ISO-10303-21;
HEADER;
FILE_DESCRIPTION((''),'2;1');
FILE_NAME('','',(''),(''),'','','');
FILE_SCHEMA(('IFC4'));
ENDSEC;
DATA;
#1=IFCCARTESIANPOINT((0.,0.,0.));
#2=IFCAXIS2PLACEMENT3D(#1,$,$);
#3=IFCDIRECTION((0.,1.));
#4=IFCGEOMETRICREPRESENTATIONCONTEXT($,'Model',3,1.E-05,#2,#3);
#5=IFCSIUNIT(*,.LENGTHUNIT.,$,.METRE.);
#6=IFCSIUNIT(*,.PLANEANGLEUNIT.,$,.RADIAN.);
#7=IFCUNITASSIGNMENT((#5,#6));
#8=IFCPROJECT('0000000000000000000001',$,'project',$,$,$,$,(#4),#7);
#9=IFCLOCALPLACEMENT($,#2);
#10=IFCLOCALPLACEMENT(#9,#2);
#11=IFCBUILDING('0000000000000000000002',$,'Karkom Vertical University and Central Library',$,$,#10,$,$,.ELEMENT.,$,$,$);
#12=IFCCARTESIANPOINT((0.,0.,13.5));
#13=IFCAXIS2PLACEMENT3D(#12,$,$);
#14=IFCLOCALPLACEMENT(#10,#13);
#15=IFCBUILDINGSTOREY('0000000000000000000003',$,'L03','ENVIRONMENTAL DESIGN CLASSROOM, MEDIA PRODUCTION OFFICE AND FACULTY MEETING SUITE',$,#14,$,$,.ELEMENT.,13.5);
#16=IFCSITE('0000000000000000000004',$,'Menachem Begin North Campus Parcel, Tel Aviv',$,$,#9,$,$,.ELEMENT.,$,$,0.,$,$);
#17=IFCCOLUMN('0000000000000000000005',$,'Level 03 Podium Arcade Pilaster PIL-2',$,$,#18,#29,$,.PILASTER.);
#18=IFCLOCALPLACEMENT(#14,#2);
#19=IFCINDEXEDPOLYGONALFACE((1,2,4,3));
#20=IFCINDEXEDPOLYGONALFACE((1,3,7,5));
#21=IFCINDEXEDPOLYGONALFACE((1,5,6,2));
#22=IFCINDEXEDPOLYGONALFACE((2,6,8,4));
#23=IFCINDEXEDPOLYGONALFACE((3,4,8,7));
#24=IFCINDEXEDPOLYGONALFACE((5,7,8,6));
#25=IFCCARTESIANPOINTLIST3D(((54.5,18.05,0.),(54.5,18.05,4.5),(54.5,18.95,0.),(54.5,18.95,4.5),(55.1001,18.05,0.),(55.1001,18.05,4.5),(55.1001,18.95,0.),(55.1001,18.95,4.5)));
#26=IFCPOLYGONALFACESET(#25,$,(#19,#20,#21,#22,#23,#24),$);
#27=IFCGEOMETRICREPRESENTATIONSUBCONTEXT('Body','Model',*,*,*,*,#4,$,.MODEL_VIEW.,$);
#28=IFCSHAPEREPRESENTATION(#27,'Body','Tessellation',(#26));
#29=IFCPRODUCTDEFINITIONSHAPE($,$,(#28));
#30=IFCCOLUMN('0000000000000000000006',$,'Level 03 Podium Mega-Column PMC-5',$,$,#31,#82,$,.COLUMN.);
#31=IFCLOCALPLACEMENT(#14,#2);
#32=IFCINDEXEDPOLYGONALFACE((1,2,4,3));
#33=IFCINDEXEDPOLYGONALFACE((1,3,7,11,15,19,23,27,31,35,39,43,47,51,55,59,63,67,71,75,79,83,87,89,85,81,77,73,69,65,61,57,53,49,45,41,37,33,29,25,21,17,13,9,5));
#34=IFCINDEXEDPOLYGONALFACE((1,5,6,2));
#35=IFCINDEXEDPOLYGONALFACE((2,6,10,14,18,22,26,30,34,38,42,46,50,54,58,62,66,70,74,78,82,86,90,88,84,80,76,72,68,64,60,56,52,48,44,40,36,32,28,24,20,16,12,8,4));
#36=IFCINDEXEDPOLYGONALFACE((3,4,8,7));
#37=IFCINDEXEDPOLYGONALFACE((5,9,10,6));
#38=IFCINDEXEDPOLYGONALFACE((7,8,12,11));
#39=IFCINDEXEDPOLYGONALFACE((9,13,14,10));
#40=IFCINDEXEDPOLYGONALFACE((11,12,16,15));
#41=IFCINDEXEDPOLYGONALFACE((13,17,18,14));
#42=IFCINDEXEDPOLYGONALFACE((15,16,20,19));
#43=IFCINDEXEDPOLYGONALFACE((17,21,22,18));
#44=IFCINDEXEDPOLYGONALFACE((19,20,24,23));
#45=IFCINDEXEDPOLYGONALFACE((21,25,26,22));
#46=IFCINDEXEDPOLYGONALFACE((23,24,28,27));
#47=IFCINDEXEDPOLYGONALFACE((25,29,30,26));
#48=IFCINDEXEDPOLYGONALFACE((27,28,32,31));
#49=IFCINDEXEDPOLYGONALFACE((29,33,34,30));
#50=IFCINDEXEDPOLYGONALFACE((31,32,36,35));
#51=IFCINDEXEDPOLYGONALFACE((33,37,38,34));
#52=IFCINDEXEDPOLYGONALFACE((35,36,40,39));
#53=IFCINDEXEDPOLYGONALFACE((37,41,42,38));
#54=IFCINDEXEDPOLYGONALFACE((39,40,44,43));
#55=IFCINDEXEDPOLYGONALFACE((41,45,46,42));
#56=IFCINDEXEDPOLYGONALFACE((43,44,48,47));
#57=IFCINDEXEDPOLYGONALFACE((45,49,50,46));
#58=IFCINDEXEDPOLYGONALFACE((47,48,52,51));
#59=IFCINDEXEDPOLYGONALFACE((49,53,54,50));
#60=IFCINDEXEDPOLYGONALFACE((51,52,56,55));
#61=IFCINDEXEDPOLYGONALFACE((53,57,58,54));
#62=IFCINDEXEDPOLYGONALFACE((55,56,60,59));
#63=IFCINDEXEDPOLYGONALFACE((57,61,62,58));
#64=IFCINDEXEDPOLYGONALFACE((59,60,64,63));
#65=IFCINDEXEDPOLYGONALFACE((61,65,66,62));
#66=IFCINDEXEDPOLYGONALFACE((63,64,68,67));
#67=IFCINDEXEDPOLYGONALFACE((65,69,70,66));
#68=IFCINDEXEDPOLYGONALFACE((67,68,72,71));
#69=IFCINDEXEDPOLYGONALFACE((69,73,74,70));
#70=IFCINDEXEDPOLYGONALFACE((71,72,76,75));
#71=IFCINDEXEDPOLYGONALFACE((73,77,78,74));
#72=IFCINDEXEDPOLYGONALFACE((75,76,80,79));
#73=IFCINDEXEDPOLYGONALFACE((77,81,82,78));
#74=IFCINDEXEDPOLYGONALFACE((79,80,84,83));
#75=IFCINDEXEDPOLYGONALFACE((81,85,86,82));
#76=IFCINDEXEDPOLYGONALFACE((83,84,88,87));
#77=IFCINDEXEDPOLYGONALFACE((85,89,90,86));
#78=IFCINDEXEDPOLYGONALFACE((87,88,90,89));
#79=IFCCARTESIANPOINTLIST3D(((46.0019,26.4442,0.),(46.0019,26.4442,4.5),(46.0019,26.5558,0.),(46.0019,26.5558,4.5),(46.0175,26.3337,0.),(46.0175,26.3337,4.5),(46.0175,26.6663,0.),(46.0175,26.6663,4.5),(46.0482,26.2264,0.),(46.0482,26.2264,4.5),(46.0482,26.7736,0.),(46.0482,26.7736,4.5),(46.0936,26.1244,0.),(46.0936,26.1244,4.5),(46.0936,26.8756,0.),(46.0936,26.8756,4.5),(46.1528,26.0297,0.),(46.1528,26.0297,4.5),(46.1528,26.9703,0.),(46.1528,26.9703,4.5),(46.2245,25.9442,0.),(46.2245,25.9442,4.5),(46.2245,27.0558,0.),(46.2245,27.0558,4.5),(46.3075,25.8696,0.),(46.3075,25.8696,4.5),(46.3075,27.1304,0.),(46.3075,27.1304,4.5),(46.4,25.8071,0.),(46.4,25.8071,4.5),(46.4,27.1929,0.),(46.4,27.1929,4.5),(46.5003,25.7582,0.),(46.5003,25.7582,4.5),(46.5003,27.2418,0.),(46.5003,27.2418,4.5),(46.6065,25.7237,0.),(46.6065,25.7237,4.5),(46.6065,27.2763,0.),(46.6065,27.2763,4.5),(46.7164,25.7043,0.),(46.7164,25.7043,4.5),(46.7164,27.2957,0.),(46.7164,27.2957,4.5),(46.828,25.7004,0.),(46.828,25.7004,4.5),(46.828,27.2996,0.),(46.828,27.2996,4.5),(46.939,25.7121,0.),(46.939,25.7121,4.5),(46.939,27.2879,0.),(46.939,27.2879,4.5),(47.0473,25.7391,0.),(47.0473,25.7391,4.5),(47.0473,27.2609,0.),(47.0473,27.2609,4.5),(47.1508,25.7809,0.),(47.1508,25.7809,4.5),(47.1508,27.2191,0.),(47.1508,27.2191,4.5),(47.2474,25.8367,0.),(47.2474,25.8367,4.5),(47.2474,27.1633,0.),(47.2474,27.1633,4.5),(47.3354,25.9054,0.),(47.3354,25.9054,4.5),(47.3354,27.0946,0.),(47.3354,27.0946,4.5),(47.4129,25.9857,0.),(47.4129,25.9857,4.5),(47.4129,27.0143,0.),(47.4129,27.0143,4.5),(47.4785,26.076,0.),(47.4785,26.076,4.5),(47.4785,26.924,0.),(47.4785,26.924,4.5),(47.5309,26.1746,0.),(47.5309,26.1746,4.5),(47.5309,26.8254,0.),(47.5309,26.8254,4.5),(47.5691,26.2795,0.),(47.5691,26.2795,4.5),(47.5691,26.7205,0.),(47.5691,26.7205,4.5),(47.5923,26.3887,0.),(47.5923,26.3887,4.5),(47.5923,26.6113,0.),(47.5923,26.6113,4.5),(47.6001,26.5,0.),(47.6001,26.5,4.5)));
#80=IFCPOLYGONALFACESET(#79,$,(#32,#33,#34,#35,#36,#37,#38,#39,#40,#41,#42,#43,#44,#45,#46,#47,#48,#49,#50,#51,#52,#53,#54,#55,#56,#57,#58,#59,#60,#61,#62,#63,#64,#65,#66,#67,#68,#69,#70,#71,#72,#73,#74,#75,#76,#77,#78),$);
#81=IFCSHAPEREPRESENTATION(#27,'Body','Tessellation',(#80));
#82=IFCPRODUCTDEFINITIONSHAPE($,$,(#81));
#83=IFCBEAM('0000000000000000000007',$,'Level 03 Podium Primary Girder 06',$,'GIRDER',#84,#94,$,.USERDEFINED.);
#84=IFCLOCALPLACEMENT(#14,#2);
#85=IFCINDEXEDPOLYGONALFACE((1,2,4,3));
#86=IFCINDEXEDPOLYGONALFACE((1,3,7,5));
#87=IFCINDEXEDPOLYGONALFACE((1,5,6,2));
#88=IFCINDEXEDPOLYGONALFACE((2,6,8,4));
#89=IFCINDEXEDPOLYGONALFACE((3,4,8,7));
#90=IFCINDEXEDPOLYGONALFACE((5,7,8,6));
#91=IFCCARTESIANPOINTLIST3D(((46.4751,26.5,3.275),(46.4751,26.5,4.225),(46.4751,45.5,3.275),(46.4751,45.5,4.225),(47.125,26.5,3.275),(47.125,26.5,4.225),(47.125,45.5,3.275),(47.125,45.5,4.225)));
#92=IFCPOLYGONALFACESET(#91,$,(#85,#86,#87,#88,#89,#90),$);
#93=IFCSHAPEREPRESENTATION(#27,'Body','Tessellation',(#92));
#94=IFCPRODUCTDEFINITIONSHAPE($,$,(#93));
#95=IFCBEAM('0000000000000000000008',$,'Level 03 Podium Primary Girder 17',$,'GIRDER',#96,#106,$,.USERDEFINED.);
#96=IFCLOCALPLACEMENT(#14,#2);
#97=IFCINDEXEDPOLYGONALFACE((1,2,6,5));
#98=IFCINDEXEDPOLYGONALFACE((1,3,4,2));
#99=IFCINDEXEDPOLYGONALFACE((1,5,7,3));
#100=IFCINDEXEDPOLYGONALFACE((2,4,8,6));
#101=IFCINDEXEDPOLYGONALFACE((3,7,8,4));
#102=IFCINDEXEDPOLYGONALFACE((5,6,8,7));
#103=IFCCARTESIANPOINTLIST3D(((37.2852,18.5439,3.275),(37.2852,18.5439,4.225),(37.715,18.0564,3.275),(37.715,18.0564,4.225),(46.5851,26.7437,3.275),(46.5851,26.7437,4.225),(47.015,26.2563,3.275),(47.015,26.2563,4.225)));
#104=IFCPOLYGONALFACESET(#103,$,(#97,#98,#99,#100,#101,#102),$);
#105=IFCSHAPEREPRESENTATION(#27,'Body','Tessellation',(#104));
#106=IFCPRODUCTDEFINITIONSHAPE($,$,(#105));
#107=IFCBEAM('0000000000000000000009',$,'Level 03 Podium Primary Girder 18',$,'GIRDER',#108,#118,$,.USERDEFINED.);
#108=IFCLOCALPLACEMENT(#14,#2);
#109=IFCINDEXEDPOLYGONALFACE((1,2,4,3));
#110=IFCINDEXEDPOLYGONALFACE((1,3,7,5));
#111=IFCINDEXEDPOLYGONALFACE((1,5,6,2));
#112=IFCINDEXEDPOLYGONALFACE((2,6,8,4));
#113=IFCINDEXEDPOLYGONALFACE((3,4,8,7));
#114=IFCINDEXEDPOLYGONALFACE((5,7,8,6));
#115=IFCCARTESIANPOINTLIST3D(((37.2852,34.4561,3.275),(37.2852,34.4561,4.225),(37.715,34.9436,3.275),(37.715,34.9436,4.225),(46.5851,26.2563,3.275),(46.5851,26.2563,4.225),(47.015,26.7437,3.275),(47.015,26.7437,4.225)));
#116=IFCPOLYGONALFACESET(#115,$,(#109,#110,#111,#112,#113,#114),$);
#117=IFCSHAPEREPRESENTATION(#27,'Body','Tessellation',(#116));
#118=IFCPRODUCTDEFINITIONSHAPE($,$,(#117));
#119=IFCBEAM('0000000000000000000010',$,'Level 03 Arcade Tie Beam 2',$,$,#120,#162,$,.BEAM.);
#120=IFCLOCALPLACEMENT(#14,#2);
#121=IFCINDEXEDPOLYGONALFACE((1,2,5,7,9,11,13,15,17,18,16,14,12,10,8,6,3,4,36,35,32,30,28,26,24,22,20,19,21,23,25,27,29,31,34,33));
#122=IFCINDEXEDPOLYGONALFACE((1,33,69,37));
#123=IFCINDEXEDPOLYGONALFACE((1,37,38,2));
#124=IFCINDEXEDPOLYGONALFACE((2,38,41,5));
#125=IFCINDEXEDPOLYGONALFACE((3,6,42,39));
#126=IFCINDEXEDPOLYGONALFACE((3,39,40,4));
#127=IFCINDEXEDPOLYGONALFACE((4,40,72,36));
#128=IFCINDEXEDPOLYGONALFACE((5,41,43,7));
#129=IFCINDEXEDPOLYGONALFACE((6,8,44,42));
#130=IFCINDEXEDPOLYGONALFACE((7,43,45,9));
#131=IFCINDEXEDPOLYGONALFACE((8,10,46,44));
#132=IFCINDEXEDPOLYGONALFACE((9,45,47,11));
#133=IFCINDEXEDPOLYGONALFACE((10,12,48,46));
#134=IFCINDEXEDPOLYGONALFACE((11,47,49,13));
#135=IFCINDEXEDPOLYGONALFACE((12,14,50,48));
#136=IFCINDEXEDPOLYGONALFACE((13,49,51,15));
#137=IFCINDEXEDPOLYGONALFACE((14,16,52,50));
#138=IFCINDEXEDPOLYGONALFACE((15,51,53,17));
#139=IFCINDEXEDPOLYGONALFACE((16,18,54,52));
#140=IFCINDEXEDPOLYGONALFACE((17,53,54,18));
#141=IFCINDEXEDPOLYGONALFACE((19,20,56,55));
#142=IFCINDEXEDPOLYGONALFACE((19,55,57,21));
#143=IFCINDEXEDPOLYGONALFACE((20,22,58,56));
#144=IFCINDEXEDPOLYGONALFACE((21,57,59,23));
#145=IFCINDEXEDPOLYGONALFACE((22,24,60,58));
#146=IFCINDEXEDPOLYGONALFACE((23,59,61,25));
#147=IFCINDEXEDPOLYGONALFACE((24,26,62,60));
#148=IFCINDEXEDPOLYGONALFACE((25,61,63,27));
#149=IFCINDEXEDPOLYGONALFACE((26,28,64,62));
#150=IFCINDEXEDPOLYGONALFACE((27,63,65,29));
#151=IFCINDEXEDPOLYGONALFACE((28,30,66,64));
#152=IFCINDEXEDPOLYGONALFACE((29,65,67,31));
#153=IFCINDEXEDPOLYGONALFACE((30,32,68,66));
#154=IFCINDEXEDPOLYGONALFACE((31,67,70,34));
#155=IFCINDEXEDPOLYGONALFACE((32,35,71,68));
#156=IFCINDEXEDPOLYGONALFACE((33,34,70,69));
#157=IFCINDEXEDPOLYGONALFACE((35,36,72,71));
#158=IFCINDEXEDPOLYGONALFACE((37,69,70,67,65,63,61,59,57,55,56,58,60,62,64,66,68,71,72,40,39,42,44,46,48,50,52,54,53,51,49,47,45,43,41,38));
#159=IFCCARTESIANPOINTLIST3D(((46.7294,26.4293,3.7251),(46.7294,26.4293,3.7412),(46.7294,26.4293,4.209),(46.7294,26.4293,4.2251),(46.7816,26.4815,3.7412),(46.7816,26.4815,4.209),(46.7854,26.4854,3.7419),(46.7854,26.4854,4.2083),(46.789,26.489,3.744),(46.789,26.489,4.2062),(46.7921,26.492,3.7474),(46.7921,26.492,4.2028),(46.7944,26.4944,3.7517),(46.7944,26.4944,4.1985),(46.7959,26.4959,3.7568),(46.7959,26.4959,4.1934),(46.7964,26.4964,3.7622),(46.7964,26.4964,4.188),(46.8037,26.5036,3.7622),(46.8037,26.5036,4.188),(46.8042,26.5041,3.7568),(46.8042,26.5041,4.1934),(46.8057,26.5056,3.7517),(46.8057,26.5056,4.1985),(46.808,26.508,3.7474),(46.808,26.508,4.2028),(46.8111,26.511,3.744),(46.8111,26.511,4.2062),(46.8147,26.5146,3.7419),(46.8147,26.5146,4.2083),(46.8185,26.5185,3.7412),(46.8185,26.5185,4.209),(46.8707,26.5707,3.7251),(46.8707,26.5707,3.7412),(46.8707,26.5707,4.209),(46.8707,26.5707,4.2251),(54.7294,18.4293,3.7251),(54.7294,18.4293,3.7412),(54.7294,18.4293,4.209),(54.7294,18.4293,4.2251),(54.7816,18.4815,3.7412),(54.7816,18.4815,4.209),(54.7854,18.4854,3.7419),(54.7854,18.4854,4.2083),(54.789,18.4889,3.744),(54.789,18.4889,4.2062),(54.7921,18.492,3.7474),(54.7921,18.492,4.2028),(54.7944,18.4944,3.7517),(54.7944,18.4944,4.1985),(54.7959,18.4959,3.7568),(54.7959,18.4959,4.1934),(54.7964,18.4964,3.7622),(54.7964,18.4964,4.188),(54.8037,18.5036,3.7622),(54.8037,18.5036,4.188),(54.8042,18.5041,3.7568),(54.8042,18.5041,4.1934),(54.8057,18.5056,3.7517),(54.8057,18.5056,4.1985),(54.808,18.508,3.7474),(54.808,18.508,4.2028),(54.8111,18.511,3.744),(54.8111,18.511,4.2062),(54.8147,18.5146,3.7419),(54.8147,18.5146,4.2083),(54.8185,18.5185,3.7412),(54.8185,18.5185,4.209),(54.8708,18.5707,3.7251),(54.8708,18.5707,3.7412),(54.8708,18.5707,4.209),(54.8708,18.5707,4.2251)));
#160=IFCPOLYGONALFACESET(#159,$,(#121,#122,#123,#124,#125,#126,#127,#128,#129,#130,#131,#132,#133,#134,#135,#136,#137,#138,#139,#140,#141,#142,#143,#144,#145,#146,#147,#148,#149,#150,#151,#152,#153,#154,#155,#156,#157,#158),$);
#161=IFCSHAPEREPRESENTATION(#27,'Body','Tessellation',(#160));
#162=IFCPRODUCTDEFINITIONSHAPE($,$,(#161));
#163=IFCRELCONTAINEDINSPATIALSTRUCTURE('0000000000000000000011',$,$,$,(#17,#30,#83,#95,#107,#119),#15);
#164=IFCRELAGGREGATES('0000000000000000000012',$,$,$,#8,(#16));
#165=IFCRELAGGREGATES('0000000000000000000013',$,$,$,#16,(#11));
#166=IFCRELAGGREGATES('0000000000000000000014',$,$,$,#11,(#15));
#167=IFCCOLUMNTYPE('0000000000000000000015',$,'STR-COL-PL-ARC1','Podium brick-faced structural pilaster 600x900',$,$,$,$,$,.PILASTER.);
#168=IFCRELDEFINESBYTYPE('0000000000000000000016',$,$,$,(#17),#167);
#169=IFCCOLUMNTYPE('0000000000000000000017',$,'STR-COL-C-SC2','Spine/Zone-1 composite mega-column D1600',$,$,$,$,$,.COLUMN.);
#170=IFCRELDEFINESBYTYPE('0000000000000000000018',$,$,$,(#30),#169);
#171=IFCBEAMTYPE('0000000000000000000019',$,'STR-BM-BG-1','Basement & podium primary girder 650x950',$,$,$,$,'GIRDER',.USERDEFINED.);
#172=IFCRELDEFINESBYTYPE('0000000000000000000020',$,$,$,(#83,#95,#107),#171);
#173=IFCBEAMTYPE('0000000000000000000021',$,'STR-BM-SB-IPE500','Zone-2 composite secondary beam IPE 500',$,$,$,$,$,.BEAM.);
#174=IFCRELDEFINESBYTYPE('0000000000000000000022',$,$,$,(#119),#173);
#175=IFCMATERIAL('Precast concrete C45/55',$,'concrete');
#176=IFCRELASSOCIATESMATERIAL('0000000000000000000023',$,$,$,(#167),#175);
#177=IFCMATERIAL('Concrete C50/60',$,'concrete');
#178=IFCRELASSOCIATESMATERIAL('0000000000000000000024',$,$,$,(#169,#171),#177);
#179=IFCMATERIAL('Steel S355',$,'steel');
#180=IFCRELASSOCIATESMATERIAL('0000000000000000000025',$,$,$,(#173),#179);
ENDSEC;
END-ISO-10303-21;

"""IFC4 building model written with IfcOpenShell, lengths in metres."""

from ifc_helpers import new_model, si_unit, direction, frame, origin, origin_with_axes, origin_2d, place, context, subcontext, project, spatial, rectangle, circle, i_section, extrude, source, transform, mapped, material, material_profile, profile_set, type_object, element, save


model = new_model("IFC4")

# Units and contexts
model_context = context("Model", 3, precision=1e-05, world=origin(), true_north=direction((0.0, 1.0)))
body_context = subcontext(model_context, "Body", "Model", "MODEL_VIEW")
ifc_project = project(units=[si_unit("LENGTHUNIT", "METRE"), si_unit("PLANEANGLEUNIT", "RADIAN")], contexts=[model_context])

# Site, building, storey
site_placement = place(None, origin())
site = spatial("IfcSite", under=ifc_project, at=site_placement, Name="Menachem Begin North Campus Parcel, Tel Aviv", CompositionType="ELEMENT", RefElevation=0.0)
building_placement = place(site_placement, origin())
building = spatial("IfcBuilding", under=site, at=building_placement, Name="Karkom Vertical University and Central Library", CompositionType="ELEMENT")
storey_placement = place(building_placement, frame((0.0, 0.0, 13.5)))
storey = spatial("IfcBuildingStorey", under=building, at=storey_placement, Name="L03", Description="ENVIRONMENTAL DESIGN CLASSROOM, MEDIA PRODUCTION OFFICE AND FACULTY MEETING SUITE", CompositionType="ELEMENT", Elevation=13.5)

# Columns
ifc_material_1 = material(Name="Precast concrete C45/55", Category="concrete")
ifc_material_profile_1 = material_profile(ifc_material_1, rectangle(XDim=0.6001, YDim=0.8999, at=origin_2d()), Name="PIL-600x900")
ifc_profile_set_1 = profile_set([ifc_material_profile_1], Name="Precast concrete C45/55")
column_type_1 = type_object("IfcColumnType", Name="STR-COL-PL-ARC1", Description="Podium brick-faced structural pilaster 600x900", PredefinedType="PILASTER", material=ifc_profile_set_1)
shared_shape_1 = source(origin_with_axes(), body_context, "Body", "SweptSolid", [
    extrude(rectangle(XDim=0.6001, YDim=0.8999, at=origin_2d()), origin(), (0.0, 0.0, 1.0), 4.5),
])
column_1_placement = place(storey_placement, frame((54.8, 18.5, 0.0), z_axis=(0.0, 0.0, 1.0), x_axis=(1.0, 0.0, 0.0)))
element("IfcColumn", 1, at=column_1_placement, inside=storey, type_object=column_type_1, Name="Level 03 Podium Arcade Pilaster PIL-2", PredefinedType="PILASTER", context=body_context, shape_type="MappedRepresentation", body=[
    mapped(shared_shape_1, transform((0.0, 0.0, 0.0), scale=1.0)),
])
ifc_material_2 = material(Name="Concrete C50/60", Category="concrete")
ifc_material_profile_2 = material_profile(ifc_material_2, circle(Radius=0.8, at=origin_2d()), Name="CFT-D1600")
ifc_profile_set_2 = profile_set([ifc_material_profile_2], Name="Concrete C50/60")
column_type_2 = type_object("IfcColumnType", Name="STR-COL-C-SC2", Description="Spine/Zone-1 composite mega-column D1600", PredefinedType="COLUMN", material=ifc_profile_set_2)
shared_shape_2 = source(origin_with_axes(), body_context, "Body", "SweptSolid", [
    extrude(circle(Radius=0.8, at=origin_2d()), origin(), (0.0, 0.0, 1.0), 4.5),
])
column_2_placement = place(storey_placement, frame((46.8, 26.5, 0.0), z_axis=(0.0, 0.0, 1.0), x_axis=(1.0, 0.0, 0.0)))
element("IfcColumn", 2, at=column_2_placement, inside=storey, type_object=column_type_2, Name="Level 03 Podium Mega-Column PMC-5", PredefinedType="COLUMN", context=body_context, shape_type="MappedRepresentation", body=[
    mapped(shared_shape_2, transform((0.0, 0.0, 0.0), scale=1.0)),
])

# Beams
ifc_material_profile_3 = material_profile(ifc_material_2, rectangle(XDim=0.6499, YDim=0.95, at=origin_2d()), Name="RCG-650x950")
ifc_profile_set_3 = profile_set([ifc_material_profile_3], Name="Concrete C50/60")
beam_type_1 = type_object("IfcBeamType", Name="STR-BM-BG-1", Description="Basement & podium primary girder 650x950", ElementType="GIRDER", PredefinedType="USERDEFINED", material=ifc_profile_set_3)
shared_shape_3 = source(origin_with_axes(), body_context, "Body", "SweptSolid", [
    extrude(rectangle(XDim=0.6499, YDim=0.95, at=origin_2d()), origin(), (0.0, 0.0, 1.0), 19.0),
])
beam_placement = place(storey_placement, frame((46.8, 26.5, 3.75), z_axis=(0.0, 1.0, 0.0), x_axis=(-1.0, 0.0, 0.0)))
element("IfcBeam", 3, at=beam_placement, inside=storey, type_object=beam_type_1, Name="Level 03 Podium Primary Girder 06", ObjectType="GIRDER", PredefinedType="USERDEFINED", context=body_context, shape_type="MappedRepresentation", body=[
    mapped(shared_shape_3, transform((0.0, 0.0, 0.0), scale=1.0)),
])
shared_shape_4 = source(origin_with_axes(), body_context, "Body", "SweptSolid", [
    extrude(rectangle(XDim=0.6499, YDim=0.95, at=origin_2d()), origin(), (0.0, 0.0, 1.0), 12.3987),
])
for number, where, z_axis, x_axis, name in (
    (4, (46.8, 26.5, 3.75), (-0.750077, -0.661351, 0.0), (0.661351, -0.750077, 0.0), "Level 03 Podium Primary Girder 17"),
    (5, (46.8, 26.5, 3.75), (-0.750077, 0.661351, 0.0), (-0.661351, -0.750077, 0.0), "Level 03 Podium Primary Girder 18"),
):
    element("IfcBeam", number, at=place(storey_placement, frame(where, z_axis=z_axis, x_axis=x_axis)), inside=storey, type_object=beam_type_1, Name=name, ObjectType="GIRDER", PredefinedType="USERDEFINED", context=body_context, shape_type="MappedRepresentation", body=[
        mapped(shared_shape_4, transform((0.0, 0.0, 0.0), scale=1.0)),
    ])
ifc_material_3 = material(Name="Steel S355", Category="steel")
ifc_material_profile_4 = material_profile(ifc_material_3, i_section(OverallWidth=0.2, OverallDepth=0.5, WebThickness=0.0103, FlangeThickness=0.0161, FilletRadius=0.021, at=origin_2d()), Name="IPE 500")
ifc_profile_set_4 = profile_set([ifc_material_profile_4], Name="Steel S355")
beam_type_2 = type_object("IfcBeamType", Name="STR-BM-SB-IPE500", Description="Zone-2 composite secondary beam IPE 500", PredefinedType="BEAM", material=ifc_profile_set_4)
shared_shape_5 = source(origin_with_axes(), body_context, "Body", "SweptSolid", [
    extrude(i_section(OverallWidth=0.2, OverallDepth=0.5, WebThickness=0.0103, FlangeThickness=0.0161, FilletRadius=0.021, at=origin_2d()), origin(), (0.0, 0.0, 1.0), 11.3137),
])
for number, where, z_axis, x_axis, name in (
    (6, (46.8, 26.5, 3.9751), (0.707107, -0.707107, 0.0), (0.707107, 0.707107, 0.0), "Level 03 Arcade Tie Beam 2"),
):
    element("IfcBeam", number, at=place(storey_placement, frame(where, z_axis=z_axis, x_axis=x_axis)), inside=storey, type_object=beam_type_2, Name=name, PredefinedType="BEAM", context=body_context, shape_type="MappedRepresentation", body=[
        mapped(shared_shape_5, transform((0.0, 0.0, 0.0), scale=1.0)),
    ])

save(model, "model.ifc")
